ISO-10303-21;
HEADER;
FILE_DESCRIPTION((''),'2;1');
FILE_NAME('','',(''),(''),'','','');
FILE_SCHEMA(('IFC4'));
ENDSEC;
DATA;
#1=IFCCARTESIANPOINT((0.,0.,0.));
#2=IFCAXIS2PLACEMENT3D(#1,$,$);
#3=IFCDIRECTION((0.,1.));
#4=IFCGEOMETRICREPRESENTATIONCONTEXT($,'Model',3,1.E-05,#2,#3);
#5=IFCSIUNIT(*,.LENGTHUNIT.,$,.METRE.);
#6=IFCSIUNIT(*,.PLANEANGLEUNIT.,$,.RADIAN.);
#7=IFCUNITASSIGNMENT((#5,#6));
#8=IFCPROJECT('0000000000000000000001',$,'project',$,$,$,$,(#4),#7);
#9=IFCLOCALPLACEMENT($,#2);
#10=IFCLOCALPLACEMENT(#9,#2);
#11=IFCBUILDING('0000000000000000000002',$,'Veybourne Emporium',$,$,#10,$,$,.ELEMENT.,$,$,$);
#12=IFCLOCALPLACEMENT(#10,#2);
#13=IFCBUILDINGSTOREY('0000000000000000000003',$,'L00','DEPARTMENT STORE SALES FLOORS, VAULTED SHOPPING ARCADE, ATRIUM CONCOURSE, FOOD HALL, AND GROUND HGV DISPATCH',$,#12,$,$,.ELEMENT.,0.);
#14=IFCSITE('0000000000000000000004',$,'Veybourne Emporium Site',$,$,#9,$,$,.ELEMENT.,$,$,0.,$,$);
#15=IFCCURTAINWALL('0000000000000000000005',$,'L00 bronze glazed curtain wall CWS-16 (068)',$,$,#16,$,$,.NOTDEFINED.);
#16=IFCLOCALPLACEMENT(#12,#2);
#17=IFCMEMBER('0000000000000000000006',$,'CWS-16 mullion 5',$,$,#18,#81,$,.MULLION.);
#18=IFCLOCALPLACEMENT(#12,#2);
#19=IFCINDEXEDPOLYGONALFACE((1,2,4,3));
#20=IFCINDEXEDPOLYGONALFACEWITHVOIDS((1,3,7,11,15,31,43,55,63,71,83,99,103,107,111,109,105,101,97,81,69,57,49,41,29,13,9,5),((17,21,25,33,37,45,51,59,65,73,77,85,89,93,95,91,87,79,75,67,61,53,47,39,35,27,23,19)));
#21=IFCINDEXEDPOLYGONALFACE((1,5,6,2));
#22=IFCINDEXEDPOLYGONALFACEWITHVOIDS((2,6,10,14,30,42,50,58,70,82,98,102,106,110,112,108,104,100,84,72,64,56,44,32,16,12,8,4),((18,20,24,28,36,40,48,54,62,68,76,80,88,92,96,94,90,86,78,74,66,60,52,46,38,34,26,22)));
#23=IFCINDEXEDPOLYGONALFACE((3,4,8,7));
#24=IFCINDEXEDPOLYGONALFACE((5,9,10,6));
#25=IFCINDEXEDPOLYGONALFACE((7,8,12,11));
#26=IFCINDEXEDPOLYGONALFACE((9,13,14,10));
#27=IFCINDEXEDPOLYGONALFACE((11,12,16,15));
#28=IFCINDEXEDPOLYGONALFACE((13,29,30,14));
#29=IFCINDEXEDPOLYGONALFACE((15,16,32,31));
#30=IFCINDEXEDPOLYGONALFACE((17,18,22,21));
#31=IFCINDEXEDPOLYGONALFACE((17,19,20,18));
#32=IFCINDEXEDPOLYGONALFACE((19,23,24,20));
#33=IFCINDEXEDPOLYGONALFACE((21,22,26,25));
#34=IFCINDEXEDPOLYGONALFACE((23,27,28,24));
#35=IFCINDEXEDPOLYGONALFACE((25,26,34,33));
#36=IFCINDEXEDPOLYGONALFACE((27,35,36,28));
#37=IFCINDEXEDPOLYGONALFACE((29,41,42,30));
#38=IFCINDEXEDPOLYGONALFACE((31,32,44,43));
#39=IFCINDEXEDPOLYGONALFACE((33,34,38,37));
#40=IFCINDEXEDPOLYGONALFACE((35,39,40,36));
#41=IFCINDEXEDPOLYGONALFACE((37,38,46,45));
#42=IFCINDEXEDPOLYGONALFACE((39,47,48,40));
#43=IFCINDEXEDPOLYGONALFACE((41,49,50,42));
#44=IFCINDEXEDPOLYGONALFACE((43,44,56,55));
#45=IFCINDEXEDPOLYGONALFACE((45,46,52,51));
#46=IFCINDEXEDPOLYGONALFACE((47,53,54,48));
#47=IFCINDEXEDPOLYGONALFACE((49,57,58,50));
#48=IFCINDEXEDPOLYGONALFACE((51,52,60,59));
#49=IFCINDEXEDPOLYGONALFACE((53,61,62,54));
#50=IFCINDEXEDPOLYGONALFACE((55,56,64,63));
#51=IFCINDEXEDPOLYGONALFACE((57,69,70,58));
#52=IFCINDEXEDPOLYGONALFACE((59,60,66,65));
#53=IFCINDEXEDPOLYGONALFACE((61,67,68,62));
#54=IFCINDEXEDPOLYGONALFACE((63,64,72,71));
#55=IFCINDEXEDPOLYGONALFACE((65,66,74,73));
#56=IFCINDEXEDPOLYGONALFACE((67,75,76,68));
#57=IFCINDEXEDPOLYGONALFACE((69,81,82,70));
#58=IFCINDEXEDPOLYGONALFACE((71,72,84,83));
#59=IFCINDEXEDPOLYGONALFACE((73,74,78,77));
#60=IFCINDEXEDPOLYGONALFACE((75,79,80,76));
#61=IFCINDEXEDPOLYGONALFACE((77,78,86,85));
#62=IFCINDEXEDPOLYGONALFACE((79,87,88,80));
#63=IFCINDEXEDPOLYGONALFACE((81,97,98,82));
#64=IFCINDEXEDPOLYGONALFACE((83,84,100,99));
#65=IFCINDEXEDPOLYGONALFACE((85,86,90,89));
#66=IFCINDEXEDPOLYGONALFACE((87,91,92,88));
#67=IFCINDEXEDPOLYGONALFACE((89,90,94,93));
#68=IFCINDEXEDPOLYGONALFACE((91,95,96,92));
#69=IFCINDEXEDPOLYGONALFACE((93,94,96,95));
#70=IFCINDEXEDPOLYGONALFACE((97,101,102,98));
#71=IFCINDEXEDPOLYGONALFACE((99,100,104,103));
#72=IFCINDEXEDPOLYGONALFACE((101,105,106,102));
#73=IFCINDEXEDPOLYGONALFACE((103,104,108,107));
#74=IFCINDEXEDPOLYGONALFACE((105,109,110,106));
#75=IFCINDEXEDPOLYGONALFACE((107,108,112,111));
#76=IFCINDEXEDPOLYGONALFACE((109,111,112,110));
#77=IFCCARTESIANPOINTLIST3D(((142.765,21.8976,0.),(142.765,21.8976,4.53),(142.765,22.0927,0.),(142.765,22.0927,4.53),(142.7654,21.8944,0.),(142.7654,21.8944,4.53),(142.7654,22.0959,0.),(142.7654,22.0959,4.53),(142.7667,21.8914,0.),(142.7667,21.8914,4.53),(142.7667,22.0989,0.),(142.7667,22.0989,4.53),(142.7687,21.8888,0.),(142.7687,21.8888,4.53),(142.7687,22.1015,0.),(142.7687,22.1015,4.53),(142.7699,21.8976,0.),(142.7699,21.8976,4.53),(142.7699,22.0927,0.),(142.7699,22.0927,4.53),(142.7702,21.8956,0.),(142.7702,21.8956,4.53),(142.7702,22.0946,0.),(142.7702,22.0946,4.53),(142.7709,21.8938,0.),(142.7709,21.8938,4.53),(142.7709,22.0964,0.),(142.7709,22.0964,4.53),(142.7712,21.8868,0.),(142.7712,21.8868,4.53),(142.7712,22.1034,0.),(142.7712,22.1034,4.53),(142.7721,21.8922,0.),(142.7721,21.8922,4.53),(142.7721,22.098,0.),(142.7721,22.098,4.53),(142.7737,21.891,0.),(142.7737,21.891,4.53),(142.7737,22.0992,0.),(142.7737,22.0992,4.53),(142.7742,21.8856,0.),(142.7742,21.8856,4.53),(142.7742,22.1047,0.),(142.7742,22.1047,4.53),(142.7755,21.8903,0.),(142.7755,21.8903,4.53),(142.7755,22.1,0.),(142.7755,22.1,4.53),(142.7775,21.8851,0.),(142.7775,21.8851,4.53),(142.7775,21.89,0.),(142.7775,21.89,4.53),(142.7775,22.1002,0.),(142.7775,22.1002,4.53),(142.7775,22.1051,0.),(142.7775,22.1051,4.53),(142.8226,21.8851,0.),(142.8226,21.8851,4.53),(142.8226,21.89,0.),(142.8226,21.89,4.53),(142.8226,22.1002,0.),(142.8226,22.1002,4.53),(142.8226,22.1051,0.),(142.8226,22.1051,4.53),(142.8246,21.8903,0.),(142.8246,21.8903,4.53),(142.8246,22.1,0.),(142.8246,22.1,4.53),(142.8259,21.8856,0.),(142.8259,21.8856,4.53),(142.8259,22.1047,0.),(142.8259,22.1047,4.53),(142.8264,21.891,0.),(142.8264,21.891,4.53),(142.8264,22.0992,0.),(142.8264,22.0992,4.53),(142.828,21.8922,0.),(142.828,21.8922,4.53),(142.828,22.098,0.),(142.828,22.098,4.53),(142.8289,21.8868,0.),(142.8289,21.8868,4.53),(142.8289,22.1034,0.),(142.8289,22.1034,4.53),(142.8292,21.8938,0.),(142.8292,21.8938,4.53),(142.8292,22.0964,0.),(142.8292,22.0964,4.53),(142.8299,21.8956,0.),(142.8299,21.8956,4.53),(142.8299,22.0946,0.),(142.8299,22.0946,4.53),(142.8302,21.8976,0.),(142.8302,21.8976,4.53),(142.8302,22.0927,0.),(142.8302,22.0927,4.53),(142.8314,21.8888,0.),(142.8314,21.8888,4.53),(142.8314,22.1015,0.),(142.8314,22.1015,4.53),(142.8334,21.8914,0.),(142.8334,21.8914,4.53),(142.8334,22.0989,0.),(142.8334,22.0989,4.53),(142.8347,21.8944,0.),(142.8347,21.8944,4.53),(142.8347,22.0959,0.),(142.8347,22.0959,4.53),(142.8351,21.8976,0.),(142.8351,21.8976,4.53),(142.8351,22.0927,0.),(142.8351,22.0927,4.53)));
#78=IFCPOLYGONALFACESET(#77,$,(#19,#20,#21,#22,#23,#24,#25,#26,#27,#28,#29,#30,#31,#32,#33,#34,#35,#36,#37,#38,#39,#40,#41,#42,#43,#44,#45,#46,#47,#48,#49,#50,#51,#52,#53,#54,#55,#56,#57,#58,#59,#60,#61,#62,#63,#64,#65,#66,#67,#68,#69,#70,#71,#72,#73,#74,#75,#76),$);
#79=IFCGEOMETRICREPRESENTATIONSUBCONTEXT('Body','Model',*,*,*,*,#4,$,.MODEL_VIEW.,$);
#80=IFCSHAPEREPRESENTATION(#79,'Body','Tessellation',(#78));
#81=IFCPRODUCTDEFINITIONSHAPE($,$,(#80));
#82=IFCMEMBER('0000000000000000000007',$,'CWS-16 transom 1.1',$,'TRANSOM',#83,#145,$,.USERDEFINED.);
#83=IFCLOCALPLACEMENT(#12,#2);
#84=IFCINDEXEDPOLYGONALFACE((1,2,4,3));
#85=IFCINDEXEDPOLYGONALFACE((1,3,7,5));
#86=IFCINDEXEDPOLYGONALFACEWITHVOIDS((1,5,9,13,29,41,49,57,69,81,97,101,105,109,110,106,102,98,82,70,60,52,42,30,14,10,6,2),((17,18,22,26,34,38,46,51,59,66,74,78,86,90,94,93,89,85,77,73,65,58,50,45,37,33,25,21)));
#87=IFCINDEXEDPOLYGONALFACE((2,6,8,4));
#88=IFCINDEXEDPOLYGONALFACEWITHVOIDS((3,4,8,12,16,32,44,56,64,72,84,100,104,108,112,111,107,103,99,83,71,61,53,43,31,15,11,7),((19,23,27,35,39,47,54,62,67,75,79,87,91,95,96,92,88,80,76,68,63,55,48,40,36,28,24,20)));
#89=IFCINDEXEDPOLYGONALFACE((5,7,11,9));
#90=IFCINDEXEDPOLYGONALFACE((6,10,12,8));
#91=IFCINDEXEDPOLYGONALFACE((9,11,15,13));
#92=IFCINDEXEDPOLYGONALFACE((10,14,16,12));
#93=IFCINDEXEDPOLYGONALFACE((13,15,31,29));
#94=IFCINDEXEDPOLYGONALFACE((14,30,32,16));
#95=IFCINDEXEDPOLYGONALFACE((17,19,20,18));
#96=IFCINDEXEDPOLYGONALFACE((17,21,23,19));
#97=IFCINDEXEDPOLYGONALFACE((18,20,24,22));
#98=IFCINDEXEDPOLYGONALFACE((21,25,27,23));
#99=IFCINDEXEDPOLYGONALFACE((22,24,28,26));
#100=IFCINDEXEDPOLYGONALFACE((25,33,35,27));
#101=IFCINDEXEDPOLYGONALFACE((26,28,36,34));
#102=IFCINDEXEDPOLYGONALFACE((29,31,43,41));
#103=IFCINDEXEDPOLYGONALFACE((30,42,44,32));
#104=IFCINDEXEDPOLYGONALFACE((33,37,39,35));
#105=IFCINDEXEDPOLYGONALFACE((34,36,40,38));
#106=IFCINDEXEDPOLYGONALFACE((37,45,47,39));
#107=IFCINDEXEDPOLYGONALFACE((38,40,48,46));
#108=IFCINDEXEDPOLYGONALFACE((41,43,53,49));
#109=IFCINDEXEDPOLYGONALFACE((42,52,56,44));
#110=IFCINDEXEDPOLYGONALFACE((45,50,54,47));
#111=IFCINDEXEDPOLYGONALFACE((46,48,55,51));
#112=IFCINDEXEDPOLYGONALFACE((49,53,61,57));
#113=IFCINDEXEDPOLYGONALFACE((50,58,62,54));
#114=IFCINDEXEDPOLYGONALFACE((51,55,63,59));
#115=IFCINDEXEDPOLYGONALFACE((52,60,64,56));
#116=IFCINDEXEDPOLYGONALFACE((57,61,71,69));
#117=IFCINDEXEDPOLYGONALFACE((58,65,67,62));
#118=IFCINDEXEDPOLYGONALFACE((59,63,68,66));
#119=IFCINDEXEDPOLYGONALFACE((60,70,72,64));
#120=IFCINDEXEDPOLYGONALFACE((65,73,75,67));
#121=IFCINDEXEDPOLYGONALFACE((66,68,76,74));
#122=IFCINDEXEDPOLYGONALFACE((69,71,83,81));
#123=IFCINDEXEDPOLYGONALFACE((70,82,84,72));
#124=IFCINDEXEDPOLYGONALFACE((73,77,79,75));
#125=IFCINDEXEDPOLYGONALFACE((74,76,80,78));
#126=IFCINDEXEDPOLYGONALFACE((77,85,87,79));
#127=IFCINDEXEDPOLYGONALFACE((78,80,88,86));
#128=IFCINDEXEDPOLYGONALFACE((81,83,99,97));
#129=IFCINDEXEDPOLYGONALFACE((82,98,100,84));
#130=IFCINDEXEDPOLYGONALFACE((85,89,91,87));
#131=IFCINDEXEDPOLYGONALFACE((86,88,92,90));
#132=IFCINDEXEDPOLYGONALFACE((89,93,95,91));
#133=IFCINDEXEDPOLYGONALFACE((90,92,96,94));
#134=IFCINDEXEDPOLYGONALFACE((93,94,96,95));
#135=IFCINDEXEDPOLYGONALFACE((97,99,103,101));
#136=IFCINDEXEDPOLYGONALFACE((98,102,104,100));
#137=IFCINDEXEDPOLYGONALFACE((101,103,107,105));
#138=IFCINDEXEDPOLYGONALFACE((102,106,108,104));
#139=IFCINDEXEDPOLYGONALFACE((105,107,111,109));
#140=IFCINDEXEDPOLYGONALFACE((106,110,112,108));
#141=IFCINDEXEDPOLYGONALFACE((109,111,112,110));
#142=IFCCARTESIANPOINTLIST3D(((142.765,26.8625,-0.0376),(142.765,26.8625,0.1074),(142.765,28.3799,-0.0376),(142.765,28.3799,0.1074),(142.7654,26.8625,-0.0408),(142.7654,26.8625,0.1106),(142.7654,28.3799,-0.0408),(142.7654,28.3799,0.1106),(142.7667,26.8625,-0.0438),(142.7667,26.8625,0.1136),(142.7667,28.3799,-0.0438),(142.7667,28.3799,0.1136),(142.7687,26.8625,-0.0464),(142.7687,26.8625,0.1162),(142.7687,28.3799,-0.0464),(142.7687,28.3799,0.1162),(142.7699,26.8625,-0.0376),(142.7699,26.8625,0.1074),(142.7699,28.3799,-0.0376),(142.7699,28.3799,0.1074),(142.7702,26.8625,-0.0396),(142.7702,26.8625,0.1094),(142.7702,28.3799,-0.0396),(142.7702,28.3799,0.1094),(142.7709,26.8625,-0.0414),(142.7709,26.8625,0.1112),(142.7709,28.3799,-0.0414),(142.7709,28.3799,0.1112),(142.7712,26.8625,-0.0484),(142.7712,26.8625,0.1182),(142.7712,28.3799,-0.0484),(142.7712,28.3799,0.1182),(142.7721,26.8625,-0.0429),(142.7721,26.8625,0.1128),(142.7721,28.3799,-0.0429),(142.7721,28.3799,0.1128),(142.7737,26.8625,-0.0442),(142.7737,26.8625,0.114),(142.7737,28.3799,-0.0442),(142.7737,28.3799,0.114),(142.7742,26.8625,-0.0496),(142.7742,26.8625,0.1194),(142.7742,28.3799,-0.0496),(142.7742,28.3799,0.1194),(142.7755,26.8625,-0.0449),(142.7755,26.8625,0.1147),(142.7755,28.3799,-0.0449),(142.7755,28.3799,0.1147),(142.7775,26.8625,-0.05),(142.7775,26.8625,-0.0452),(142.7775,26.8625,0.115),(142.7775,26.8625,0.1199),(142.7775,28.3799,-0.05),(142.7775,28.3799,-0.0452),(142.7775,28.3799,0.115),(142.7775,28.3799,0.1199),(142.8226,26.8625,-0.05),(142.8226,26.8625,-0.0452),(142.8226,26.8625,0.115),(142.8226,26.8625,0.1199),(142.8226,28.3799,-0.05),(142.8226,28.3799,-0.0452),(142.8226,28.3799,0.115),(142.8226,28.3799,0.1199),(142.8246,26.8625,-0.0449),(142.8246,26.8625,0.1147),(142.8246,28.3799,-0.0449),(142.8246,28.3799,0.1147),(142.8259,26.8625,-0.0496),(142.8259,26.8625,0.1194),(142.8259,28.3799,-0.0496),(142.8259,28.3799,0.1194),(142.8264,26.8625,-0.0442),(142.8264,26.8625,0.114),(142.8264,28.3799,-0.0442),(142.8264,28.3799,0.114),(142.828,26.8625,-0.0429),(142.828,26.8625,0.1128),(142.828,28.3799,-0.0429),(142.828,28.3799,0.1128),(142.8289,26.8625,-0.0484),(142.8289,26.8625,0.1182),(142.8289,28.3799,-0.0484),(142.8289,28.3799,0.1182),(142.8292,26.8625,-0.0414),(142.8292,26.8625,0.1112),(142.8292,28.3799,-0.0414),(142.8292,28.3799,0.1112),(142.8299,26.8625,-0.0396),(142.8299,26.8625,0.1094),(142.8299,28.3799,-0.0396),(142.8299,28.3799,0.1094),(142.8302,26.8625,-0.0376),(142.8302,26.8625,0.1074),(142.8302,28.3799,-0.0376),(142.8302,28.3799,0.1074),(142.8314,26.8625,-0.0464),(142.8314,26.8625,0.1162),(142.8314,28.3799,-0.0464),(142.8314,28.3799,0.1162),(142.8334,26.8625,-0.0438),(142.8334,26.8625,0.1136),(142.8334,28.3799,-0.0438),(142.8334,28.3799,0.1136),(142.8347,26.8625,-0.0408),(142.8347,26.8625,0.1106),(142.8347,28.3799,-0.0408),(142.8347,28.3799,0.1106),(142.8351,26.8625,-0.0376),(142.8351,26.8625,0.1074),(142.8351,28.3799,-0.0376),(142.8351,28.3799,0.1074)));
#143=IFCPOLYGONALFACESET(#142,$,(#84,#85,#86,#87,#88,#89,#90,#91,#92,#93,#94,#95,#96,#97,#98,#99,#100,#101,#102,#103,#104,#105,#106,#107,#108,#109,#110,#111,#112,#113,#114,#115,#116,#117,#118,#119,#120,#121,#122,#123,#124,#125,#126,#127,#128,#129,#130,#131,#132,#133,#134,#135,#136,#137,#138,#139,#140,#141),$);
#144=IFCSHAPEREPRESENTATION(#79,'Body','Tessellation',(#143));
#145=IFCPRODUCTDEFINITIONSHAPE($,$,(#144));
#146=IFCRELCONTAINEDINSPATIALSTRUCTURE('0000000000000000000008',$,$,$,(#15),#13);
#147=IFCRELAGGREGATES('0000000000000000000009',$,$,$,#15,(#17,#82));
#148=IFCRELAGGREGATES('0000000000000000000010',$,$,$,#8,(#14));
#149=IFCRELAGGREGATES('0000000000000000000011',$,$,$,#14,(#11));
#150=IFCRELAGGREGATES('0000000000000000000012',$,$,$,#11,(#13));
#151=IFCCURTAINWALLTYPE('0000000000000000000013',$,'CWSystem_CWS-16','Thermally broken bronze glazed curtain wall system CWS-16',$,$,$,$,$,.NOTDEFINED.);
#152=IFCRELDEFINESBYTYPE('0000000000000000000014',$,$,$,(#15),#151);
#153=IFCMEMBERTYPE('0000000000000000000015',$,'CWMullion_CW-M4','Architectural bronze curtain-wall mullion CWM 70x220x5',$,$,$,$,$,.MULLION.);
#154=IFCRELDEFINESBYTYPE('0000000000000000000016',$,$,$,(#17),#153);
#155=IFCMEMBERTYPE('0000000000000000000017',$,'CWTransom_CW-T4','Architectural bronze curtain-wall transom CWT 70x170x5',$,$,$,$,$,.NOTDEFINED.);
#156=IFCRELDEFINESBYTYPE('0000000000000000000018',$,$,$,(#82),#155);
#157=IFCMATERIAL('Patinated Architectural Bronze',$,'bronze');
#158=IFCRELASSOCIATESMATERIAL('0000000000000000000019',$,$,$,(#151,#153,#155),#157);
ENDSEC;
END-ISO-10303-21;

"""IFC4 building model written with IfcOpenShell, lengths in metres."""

from ifc_helpers import new_model, si_unit, direction, frame, origin, origin_2d, place, context, subcontext, project, spatial, hollow_rectangle, extrude, material, material_profile, profile_set, type_object, element, aggregate, save


model = new_model("IFC4")

# Units and contexts
model_context = context("Model", 3, precision=1e-05, world=origin(), true_north=direction((0.0, 1.0)))
body_context = subcontext(model_context, "Body", "Model", "MODEL_VIEW")
ifc_project = project(units=[si_unit("LENGTHUNIT", "METRE"), si_unit("PLANEANGLEUNIT", "RADIAN")], contexts=[model_context])

# Site, building, storey
site_placement = place(None, origin())
site = spatial("IfcSite", under=ifc_project, at=site_placement, Name="Veybourne Emporium Site", CompositionType="ELEMENT", RefElevation=0.0)
building_placement = place(site_placement, origin())
building = spatial("IfcBuilding", under=site, at=building_placement, Name="Veybourne Emporium", CompositionType="ELEMENT")
storey_placement = place(building_placement, origin())
storey = spatial("IfcBuildingStorey", under=building, at=storey_placement, Name="L00", Description="DEPARTMENT STORE SALES FLOORS, VAULTED SHOPPING ARCADE, ATRIUM CONCOURSE, FOOD HALL, AND GROUND HGV DISPATCH", CompositionType="ELEMENT", Elevation=0.0)

# Curtain wall, members
ifc_material_1 = material(Name="Patinated Architectural Bronze", Category="bronze")
curtain_wall_type = type_object("IfcCurtainWallType", Name="CWSystem_CWS-16", Description="Thermally broken bronze glazed curtain wall system CWS-16", PredefinedType="NOTDEFINED", material=ifc_material_1)
curtain_wall_placement = place(storey_placement, origin())
curtain_wall = element("IfcCurtainWall", 1, at=curtain_wall_placement, inside=storey, type_object=curtain_wall_type, Name="L00 bronze glazed curtain wall CWS-16 (068)", PredefinedType="NOTDEFINED")
ifc_material_profile_1 = material_profile(ifc_material_1, hollow_rectangle(XDim=0.0701, YDim=0.22, WallThickness=0.0049, InnerFilletRadius=0.0076, OuterFilletRadius=0.0125, at=origin_2d()), Name="CWM 70x220x5")
ifc_profile_set_1 = profile_set([ifc_material_profile_1], Name="Patinated Architectural Bronze")
member_type_1 = type_object("IfcMemberType", Name="CWMullion_CW-M4", Description="Architectural bronze curtain-wall mullion CWM 70x220x5", PredefinedType="MULLION", material=ifc_profile_set_1)
member_1_placement = place(storey_placement, frame((142.8, 21.9951, 0.0), z_axis=(0.0, 0.0, 1.0), x_axis=(1.0, 0.0, 0.0)))
member_1 = element("IfcMember", 2, at=member_1_placement, type_object=member_type_1, Name="CWS-16 mullion 5", PredefinedType="MULLION", context=body_context, shape_type="SweptSolid", body=[
    extrude(hollow_rectangle(XDim=0.0701, YDim=0.22, WallThickness=0.0049, InnerFilletRadius=0.0076, OuterFilletRadius=0.0125, at=origin_2d()), origin(), (0.0, 0.0, 1.0), 4.53),
])
ifc_material_profile_2 = material_profile(ifc_material_1, hollow_rectangle(XDim=0.0701, YDim=0.1699, WallThickness=0.0049, InnerFilletRadius=0.0076, OuterFilletRadius=0.0125, at=origin_2d()), Name="CWT 70x170x5")
ifc_profile_set_2 = profile_set([ifc_material_profile_2], Name="Patinated Architectural Bronze")
member_type_2 = type_object("IfcMemberType", Name="CWTransom_CW-T4", Description="Architectural bronze curtain-wall transom CWT 70x170x5", PredefinedType="NOTDEFINED", material=ifc_profile_set_2)
member_2_placement = place(storey_placement, frame((142.8, 28.3799, 0.0349), z_axis=(0.0, -1.0, 0.0), x_axis=(1.0, 0.0, 0.0)))
member_2 = element("IfcMember", 3, at=member_2_placement, type_object=member_type_2, Name="CWS-16 transom 1.1", ObjectType="TRANSOM", PredefinedType="USERDEFINED", context=body_context, shape_type="SweptSolid", body=[
    extrude(hollow_rectangle(XDim=0.0701, YDim=0.1699, WallThickness=0.0049, InnerFilletRadius=0.0076, OuterFilletRadius=0.0125, at=origin_2d()), origin(), (0.0, 0.0, 1.0), 1.5173),
])

aggregate(curtain_wall, [member_1, member_2])

save(model, "model.ifc")
